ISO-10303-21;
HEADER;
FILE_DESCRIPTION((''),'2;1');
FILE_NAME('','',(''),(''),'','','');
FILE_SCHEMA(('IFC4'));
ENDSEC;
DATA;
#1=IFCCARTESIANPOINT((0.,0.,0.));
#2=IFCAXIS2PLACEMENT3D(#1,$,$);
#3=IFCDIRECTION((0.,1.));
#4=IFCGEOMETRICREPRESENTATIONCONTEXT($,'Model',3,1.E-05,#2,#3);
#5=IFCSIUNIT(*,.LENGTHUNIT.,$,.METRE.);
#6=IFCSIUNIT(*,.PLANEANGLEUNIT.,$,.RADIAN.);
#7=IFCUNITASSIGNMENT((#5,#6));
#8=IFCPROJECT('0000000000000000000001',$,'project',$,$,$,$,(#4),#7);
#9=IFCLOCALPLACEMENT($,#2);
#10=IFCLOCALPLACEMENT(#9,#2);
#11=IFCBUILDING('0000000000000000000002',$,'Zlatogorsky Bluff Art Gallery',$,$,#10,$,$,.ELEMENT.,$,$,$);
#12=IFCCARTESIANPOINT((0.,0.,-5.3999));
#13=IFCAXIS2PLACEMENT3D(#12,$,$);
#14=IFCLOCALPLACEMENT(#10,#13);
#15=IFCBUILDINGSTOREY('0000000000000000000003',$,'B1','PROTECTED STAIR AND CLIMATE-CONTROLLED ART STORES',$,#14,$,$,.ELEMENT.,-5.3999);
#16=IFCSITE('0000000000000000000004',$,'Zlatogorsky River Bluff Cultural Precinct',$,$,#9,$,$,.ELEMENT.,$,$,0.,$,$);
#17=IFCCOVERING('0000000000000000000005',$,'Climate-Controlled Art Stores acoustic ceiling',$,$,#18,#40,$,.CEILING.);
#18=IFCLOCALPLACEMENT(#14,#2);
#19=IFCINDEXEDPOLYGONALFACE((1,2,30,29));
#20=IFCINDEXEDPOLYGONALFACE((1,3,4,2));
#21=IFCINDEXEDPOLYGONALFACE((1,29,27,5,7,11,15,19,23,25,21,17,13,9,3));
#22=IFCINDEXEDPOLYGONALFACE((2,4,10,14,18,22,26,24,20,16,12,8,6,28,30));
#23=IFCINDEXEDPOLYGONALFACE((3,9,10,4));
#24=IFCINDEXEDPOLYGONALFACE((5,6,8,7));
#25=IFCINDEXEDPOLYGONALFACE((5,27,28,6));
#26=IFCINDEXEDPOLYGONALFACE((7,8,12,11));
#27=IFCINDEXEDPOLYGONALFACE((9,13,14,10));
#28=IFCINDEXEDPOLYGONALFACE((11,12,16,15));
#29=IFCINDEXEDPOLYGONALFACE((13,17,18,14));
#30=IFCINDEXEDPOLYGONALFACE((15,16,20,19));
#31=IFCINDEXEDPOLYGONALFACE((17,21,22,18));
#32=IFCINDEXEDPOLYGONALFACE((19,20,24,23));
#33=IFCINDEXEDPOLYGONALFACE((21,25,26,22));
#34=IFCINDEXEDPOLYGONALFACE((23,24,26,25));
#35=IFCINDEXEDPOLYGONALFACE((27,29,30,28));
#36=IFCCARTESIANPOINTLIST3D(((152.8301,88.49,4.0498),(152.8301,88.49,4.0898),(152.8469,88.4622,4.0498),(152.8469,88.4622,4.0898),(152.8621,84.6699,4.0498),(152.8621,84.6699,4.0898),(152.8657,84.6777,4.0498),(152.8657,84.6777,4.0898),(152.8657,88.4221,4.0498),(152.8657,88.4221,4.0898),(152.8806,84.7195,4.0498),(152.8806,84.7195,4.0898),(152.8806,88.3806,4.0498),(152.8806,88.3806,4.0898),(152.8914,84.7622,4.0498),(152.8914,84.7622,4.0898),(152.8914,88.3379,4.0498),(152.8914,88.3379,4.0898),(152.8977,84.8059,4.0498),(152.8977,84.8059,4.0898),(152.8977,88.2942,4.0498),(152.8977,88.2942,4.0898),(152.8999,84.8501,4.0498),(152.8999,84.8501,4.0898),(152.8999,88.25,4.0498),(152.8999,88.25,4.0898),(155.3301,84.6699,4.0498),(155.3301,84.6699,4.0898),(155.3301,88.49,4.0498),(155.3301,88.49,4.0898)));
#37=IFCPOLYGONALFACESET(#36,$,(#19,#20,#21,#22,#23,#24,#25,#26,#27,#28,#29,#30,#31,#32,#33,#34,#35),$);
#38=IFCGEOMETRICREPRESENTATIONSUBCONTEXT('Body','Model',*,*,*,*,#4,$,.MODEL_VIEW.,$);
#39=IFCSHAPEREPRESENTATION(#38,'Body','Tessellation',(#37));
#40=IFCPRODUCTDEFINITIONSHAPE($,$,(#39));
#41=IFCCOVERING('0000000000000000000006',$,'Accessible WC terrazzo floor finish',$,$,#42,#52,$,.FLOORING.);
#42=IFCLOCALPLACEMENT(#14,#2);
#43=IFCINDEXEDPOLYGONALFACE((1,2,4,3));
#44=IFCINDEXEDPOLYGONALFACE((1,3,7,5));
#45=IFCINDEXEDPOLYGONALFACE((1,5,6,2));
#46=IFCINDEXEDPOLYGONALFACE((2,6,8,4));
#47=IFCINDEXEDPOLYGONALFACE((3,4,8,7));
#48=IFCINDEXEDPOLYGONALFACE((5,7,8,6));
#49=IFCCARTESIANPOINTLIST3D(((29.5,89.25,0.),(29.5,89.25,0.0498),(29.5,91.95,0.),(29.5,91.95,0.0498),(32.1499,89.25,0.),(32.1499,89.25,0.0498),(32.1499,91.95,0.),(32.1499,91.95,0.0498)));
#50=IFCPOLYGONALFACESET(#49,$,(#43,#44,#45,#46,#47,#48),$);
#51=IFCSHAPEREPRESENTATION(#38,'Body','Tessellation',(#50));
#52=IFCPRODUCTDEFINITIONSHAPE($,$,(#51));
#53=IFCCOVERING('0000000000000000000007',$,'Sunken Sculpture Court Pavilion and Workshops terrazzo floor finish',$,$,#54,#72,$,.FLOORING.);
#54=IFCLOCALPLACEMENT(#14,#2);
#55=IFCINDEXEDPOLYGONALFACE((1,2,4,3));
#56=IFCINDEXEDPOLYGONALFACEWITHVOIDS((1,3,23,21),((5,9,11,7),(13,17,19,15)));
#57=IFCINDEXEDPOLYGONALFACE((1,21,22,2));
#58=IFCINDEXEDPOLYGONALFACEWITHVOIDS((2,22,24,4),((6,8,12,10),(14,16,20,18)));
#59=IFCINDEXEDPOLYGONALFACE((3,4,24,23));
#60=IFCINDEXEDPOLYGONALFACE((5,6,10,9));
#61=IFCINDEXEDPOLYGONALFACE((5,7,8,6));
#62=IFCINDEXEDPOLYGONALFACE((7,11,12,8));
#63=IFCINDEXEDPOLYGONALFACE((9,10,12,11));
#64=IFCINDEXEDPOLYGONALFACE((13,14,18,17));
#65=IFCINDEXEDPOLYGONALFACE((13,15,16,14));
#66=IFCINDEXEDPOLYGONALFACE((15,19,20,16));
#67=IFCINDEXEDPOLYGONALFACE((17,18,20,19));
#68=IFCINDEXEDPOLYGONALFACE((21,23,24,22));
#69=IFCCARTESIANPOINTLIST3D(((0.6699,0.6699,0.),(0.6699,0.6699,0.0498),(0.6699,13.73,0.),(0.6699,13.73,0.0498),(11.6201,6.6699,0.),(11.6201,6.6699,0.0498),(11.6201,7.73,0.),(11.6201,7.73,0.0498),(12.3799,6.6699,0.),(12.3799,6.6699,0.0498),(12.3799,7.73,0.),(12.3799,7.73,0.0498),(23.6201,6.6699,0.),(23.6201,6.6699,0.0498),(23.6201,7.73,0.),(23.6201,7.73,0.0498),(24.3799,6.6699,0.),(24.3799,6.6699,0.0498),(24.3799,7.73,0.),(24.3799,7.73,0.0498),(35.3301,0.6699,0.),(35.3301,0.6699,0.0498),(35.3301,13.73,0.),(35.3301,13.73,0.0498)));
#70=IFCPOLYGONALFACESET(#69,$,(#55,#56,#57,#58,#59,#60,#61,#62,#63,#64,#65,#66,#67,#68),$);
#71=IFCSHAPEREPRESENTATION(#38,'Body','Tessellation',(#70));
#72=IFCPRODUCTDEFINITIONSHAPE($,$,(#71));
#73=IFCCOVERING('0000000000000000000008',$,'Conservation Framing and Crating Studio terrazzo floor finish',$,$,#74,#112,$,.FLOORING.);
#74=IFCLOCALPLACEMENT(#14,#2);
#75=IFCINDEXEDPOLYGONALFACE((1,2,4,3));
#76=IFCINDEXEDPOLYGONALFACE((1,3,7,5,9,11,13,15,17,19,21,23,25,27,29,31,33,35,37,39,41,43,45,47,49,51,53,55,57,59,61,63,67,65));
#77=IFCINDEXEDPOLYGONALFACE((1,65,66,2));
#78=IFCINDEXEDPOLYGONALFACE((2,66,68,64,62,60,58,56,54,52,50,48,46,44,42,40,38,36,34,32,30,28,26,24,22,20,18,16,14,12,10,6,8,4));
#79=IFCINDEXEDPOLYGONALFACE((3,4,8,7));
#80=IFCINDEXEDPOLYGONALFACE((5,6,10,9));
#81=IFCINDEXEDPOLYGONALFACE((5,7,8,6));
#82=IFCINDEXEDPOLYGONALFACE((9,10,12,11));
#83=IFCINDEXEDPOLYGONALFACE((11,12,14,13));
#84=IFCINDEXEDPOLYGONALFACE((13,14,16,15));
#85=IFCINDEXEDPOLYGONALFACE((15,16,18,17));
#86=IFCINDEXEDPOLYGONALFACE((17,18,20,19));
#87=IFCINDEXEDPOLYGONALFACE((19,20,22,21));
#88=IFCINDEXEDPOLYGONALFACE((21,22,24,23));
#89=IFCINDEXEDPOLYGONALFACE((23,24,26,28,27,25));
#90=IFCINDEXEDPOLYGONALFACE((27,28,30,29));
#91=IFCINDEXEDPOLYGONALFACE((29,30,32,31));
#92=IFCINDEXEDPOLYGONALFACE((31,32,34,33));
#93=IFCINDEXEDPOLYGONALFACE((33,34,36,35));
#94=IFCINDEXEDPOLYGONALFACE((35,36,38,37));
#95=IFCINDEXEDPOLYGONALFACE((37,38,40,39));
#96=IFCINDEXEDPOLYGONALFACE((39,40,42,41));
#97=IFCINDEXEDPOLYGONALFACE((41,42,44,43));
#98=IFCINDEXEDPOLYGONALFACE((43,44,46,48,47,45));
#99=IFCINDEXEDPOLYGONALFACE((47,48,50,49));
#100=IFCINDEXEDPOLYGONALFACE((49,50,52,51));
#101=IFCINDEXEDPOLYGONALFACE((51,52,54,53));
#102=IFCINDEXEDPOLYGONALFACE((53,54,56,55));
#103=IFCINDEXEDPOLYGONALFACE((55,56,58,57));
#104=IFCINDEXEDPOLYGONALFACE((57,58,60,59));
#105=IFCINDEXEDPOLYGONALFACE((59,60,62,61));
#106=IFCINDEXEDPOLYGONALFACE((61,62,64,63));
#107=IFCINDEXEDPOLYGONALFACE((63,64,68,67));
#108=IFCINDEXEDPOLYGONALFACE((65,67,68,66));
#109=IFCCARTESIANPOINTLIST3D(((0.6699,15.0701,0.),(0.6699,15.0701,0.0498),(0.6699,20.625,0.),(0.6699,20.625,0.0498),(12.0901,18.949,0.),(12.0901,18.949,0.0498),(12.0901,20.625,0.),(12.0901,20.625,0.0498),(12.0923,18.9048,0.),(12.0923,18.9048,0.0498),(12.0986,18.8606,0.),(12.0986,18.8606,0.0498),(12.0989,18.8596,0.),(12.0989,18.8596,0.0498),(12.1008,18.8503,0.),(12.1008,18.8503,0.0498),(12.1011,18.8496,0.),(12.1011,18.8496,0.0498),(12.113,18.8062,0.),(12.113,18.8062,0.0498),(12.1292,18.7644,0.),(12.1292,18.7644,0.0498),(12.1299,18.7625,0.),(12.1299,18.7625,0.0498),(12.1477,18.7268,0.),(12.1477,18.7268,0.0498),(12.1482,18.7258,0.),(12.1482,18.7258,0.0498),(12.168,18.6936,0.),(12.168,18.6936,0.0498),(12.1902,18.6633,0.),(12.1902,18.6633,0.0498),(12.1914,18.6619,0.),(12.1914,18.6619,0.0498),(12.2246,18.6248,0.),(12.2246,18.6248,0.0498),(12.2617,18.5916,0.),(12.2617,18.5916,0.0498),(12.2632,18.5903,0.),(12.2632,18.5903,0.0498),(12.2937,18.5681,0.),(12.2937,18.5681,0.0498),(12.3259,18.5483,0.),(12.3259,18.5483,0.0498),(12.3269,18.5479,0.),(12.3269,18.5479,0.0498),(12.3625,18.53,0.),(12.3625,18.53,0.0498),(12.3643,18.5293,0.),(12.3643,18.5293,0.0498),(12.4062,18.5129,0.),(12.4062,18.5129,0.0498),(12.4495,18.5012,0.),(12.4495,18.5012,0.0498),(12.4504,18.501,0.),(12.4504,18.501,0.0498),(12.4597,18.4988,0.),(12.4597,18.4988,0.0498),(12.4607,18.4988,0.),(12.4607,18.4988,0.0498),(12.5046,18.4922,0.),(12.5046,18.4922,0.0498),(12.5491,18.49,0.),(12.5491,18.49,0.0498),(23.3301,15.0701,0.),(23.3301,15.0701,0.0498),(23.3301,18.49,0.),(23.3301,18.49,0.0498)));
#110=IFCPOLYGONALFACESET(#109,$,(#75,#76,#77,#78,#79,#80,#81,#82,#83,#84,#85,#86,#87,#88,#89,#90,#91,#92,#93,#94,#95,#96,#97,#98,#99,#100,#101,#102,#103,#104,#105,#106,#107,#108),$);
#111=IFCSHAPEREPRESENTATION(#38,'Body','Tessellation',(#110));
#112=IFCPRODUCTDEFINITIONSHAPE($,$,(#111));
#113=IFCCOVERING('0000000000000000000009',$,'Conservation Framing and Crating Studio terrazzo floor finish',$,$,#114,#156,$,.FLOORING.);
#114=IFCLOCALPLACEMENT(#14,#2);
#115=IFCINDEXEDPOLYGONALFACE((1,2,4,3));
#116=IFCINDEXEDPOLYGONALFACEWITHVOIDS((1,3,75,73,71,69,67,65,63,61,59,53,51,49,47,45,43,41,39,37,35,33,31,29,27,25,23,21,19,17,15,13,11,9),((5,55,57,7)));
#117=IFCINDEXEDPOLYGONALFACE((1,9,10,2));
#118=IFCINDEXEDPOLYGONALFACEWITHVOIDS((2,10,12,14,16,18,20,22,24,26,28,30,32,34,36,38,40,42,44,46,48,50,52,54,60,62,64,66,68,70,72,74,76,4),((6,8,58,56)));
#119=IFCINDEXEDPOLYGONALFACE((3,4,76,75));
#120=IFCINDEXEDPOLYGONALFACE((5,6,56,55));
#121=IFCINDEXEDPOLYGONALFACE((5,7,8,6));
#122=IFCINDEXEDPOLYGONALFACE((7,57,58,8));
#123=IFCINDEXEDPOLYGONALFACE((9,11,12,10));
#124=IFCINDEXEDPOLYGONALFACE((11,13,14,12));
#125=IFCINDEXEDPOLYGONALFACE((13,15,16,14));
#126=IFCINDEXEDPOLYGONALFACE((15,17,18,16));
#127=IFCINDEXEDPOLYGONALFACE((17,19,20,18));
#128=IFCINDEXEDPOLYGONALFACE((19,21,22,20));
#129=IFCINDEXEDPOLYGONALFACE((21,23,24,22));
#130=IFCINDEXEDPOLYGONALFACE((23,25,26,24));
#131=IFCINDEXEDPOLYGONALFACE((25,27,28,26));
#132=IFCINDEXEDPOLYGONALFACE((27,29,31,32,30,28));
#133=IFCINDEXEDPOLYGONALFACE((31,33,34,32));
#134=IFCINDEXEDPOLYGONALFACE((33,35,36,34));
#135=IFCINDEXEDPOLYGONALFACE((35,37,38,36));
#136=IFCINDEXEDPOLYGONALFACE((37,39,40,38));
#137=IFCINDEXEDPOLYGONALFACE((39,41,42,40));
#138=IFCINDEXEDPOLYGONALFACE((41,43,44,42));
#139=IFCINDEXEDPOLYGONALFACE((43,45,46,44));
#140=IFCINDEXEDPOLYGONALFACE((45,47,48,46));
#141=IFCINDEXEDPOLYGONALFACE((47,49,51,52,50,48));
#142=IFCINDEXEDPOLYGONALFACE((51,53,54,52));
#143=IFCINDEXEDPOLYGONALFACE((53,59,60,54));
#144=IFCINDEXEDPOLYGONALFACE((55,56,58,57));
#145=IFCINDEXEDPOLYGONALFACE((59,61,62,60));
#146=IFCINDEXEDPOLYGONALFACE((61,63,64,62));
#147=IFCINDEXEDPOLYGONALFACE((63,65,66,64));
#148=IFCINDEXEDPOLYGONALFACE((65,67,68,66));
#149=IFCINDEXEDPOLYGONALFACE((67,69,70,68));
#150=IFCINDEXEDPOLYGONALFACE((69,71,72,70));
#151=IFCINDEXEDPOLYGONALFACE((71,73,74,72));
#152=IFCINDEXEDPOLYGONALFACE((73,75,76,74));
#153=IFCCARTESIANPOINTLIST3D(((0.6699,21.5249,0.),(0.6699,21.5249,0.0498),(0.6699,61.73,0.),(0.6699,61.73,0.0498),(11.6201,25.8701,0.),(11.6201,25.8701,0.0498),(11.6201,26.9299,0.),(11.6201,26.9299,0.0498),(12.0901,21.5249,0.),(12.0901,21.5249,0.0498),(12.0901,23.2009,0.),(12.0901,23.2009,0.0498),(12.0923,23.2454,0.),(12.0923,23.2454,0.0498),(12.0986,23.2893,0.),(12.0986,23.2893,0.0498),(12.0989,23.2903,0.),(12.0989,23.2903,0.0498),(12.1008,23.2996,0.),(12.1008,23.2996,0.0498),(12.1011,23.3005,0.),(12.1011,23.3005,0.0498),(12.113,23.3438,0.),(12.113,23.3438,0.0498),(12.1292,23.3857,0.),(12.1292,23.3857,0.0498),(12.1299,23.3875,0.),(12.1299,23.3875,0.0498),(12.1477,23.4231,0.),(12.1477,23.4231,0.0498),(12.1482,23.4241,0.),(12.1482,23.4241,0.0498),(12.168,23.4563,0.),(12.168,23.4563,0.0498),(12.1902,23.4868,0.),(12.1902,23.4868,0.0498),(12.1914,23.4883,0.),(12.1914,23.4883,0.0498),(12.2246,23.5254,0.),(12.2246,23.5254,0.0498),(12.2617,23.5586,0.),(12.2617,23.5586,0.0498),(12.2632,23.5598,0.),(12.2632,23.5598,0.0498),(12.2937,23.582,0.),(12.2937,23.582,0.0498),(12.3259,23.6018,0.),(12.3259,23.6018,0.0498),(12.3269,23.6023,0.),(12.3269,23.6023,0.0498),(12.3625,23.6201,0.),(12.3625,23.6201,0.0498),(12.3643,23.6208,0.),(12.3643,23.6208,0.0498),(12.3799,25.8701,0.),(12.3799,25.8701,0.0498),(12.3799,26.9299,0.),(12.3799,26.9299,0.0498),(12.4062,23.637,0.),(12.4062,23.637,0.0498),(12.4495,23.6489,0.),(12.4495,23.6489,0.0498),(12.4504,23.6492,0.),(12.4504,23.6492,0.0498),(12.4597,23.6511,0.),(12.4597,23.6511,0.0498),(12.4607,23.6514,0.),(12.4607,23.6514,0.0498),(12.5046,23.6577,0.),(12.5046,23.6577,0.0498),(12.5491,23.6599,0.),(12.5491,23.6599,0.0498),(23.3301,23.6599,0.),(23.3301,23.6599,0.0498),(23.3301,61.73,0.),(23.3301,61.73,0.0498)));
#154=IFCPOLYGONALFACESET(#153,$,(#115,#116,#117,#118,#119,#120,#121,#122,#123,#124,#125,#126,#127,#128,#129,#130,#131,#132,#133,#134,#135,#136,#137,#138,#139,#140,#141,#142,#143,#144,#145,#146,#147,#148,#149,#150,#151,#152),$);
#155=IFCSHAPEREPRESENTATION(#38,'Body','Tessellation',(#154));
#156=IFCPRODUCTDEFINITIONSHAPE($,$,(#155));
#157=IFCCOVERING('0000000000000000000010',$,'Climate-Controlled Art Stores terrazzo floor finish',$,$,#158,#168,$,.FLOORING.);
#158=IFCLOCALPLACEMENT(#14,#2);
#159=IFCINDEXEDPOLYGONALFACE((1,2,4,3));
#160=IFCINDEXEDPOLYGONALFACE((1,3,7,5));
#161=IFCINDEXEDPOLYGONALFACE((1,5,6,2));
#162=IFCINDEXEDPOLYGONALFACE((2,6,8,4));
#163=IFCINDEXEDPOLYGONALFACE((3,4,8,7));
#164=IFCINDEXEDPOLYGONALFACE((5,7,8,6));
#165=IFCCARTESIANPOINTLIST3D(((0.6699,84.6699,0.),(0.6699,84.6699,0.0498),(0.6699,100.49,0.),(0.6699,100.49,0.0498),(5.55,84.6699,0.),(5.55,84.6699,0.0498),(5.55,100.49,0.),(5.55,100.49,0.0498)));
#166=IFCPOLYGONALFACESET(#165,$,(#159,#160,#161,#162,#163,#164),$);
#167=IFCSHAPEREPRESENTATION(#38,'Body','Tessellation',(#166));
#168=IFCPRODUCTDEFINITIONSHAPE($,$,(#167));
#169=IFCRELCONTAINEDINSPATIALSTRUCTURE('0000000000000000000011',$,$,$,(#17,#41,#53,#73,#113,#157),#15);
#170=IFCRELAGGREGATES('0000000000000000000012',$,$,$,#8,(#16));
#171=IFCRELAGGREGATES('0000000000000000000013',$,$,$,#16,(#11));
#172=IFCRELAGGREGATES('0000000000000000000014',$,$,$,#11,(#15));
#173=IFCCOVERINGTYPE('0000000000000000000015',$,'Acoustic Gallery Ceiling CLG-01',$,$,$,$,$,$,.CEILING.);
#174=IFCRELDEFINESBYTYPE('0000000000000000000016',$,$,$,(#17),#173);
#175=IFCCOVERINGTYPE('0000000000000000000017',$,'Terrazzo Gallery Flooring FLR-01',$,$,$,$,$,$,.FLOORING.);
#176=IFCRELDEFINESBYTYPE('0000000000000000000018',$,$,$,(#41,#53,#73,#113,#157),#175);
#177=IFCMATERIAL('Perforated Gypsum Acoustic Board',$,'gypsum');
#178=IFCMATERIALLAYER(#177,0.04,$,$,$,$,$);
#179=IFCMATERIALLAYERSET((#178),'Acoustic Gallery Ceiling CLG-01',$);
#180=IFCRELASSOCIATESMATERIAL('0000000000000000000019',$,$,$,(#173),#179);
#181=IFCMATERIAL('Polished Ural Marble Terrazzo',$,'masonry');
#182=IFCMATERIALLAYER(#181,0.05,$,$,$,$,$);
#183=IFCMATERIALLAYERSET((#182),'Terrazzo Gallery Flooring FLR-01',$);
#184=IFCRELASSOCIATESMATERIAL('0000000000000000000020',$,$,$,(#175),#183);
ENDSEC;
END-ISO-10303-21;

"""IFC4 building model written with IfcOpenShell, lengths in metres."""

from ifc_helpers import new_model, si_unit, direction, frame, origin, place, context, subcontext, project, spatial, polyline, outline, extrude, material, layer, layer_set, type_object, element, save


model = new_model("IFC4")

# Units and contexts
model_context = context("Model", 3, precision=1e-05, world=origin(), true_north=direction((0.0, 1.0)))
body_context = subcontext(model_context, "Body", "Model", "MODEL_VIEW")
ifc_project = project(units=[si_unit("LENGTHUNIT", "METRE"), si_unit("PLANEANGLEUNIT", "RADIAN")], contexts=[model_context])

# Site, building, storey
site_placement = place(None, origin())
site = spatial("IfcSite", under=ifc_project, at=site_placement, Name="Zlatogorsky River Bluff Cultural Precinct", CompositionType="ELEMENT", RefElevation=0.0)
building_placement = place(site_placement, origin())
building = spatial("IfcBuilding", under=site, at=building_placement, Name="Zlatogorsky Bluff Art Gallery", CompositionType="ELEMENT")
storey_placement = place(building_placement, frame((0.0, 0.0, -5.3999)))
storey = spatial("IfcBuildingStorey", under=building, at=storey_placement, Name="B1", Description="PROTECTED STAIR AND CLIMATE-CONTROLLED ART STORES", CompositionType="ELEMENT", Elevation=-5.3999)

# Coverings
ifc_material_1 = material(Name="Perforated Gypsum Acoustic Board", Category="gypsum")
ifc_layer_1 = layer(ifc_material_1, 0.04)
ifc_layer_set_1 = layer_set([ifc_layer_1], Name="Acoustic Gallery Ceiling CLG-01")
covering_type_1 = type_object("IfcCoveringType", Name="Acoustic Gallery Ceiling CLG-01", PredefinedType="CEILING", material=ifc_layer_set_1)
covering_1_placement = place(storey_placement, frame((0.0, 0.0, 4.0498)))
element("IfcCovering", 1, at=covering_1_placement, inside=storey, type_object=covering_type_1, Name="Climate-Controlled Art Stores acoustic ceiling", PredefinedType="CEILING", context=body_context, shape_type="SweptSolid", body=[
    extrude(outline(polyline([(155.3301, 88.49), (155.3301, 84.6699), (152.8621, 84.6699), (152.8657, 84.6777), (152.8806, 84.7195), (152.8914, 84.7622), (152.8977, 84.8059), (152.8999, 84.8501), (152.8999, 88.25), (152.8977, 88.2942), (152.8914, 88.3379), (152.8806, 88.3806), (152.8657, 88.4221), (152.8469, 88.4622), (152.8301, 88.49), (155.3301, 88.49)])), origin(), (0.0, 0.0, 1.0), 0.04),
])
ifc_material_2 = material(Name="Polished Ural Marble Terrazzo", Category="masonry")
ifc_layer_2 = layer(ifc_material_2, 0.05)
ifc_layer_set_2 = layer_set([ifc_layer_2], Name="Terrazzo Gallery Flooring FLR-01")
covering_type_2 = type_object("IfcCoveringType", Name="Terrazzo Gallery Flooring FLR-01", PredefinedType="FLOORING", material=ifc_layer_set_2)
covering_2_placement = place(storey_placement, origin())
element("IfcCovering", 2, at=covering_2_placement, inside=storey, type_object=covering_type_2, Name="Accessible WC terrazzo floor finish", PredefinedType="FLOORING", context=body_context, shape_type="SweptSolid", body=[
    extrude(outline(polyline([(32.1499, 89.25), (29.5, 89.25), (29.5, 91.95), (32.1499, 91.95), (32.1499, 89.25)])), origin(), (0.0, 0.0, 1.0), 0.0498),
])
covering_3_placement = place(storey_placement, origin())
element("IfcCovering", 3, at=covering_3_placement, inside=storey, type_object=covering_type_2, Name="Sunken Sculpture Court Pavilion and Workshops terrazzo floor finish", PredefinedType="FLOORING", context=body_context, shape_type="SweptSolid", body=[
    extrude(outline(polyline([(35.3301, 13.73), (35.3301, 0.6699), (0.6699, 0.6699), (0.6699, 13.73), (35.3301, 13.73)]), holes=[polyline([(11.6201, 6.6699), (12.3799, 6.6699), (12.3799, 7.73), (11.6201, 7.73), (11.6201, 6.6699)]), polyline([(23.6201, 6.6699), (24.3799, 6.6699), (24.3799, 7.73), (23.6201, 7.73), (23.6201, 6.6699)])]), origin(), (0.0, 0.0, 1.0), 0.0498),
])
covering_4_placement = place(storey_placement, origin())
element("IfcCovering", 4, at=covering_4_placement, inside=storey, type_object=covering_type_2, Name="Conservation Framing and Crating Studio terrazzo floor finish", PredefinedType="FLOORING", context=body_context, shape_type="SweptSolid", body=[
    extrude(outline(polyline([(0.6699, 15.0701), (0.6699, 20.625), (12.0901, 20.625), (12.0901, 18.949), (12.0923, 18.9048), (12.0986, 18.8606), (12.0989, 18.8596), (12.1008, 18.8503), (12.1011, 18.8496), (12.113, 18.8062), (12.1292, 18.7644), (12.1299, 18.7625), (12.1477, 18.7268), (12.1482, 18.7258), (12.168, 18.6936), (12.1902, 18.6633), (12.1914, 18.6619), (12.2246, 18.6248), (12.2617, 18.5916), (12.2632, 18.5903), (12.2937, 18.5681), (12.3259, 18.5483), (12.3269, 18.5479), (12.3625, 18.53), (12.3643, 18.5293), (12.4062, 18.5129), (12.4495, 18.5012), (12.4504, 18.501), (12.4597, 18.4988), (12.4607, 18.4988), (12.5046, 18.4922), (12.5491, 18.49), (23.3301, 18.49), (23.3301, 15.0701), (0.6699, 15.0701)])), origin(), (0.0, 0.0, 1.0), 0.0498),
])
covering_5_placement = place(storey_placement, origin())
element("IfcCovering", 5, at=covering_5_placement, inside=storey, type_object=covering_type_2, Name="Conservation Framing and Crating Studio terrazzo floor finish", PredefinedType="FLOORING", context=body_context, shape_type="SweptSolid", body=[
    extrude(outline(polyline([(12.5491, 23.6599), (12.5046, 23.6577), (12.4607, 23.6514), (12.4597, 23.6511), (12.4504, 23.6492), (12.4495, 23.6489), (12.4062, 23.637), (12.3643, 23.6208), (12.3625, 23.6201), (12.3269, 23.6023), (12.3259, 23.6018), (12.2937, 23.582), (12.2632, 23.5598), (12.2617, 23.5586), (12.2246, 23.5254), (12.1914, 23.4883), (12.1902, 23.4868), (12.168, 23.4563), (12.1482, 23.4241), (12.1477, 23.4231), (12.1299, 23.3875), (12.1292, 23.3857), (12.113, 23.3438), (12.1011, 23.3005), (12.1008, 23.2996), (12.0989, 23.2903), (12.0986, 23.2893), (12.0923, 23.2454), (12.0901, 23.2009), (12.0901, 21.5249), (0.6699, 21.5249), (0.6699, 61.73), (23.3301, 61.73), (23.3301, 23.6599), (12.5491, 23.6599)]), holes=[polyline([(11.6201, 25.8701), (12.3799, 25.8701), (12.3799, 26.9299), (11.6201, 26.9299), (11.6201, 25.8701)])]), origin(), (0.0, 0.0, 1.0), 0.0498),
])
covering_6_placement = place(storey_placement, origin())
element("IfcCovering", 6, at=covering_6_placement, inside=storey, type_object=covering_type_2, Name="Climate-Controlled Art Stores terrazzo floor finish", PredefinedType="FLOORING", context=body_context, shape_type="SweptSolid", body=[
    extrude(outline(polyline([(0.6699, 100.49), (5.55, 100.49), (5.55, 84.6699), (0.6699, 84.6699), (0.6699, 100.49)])), origin(), (0.0, 0.0, 1.0), 0.0498),
])

save(model, "model.ifc")
